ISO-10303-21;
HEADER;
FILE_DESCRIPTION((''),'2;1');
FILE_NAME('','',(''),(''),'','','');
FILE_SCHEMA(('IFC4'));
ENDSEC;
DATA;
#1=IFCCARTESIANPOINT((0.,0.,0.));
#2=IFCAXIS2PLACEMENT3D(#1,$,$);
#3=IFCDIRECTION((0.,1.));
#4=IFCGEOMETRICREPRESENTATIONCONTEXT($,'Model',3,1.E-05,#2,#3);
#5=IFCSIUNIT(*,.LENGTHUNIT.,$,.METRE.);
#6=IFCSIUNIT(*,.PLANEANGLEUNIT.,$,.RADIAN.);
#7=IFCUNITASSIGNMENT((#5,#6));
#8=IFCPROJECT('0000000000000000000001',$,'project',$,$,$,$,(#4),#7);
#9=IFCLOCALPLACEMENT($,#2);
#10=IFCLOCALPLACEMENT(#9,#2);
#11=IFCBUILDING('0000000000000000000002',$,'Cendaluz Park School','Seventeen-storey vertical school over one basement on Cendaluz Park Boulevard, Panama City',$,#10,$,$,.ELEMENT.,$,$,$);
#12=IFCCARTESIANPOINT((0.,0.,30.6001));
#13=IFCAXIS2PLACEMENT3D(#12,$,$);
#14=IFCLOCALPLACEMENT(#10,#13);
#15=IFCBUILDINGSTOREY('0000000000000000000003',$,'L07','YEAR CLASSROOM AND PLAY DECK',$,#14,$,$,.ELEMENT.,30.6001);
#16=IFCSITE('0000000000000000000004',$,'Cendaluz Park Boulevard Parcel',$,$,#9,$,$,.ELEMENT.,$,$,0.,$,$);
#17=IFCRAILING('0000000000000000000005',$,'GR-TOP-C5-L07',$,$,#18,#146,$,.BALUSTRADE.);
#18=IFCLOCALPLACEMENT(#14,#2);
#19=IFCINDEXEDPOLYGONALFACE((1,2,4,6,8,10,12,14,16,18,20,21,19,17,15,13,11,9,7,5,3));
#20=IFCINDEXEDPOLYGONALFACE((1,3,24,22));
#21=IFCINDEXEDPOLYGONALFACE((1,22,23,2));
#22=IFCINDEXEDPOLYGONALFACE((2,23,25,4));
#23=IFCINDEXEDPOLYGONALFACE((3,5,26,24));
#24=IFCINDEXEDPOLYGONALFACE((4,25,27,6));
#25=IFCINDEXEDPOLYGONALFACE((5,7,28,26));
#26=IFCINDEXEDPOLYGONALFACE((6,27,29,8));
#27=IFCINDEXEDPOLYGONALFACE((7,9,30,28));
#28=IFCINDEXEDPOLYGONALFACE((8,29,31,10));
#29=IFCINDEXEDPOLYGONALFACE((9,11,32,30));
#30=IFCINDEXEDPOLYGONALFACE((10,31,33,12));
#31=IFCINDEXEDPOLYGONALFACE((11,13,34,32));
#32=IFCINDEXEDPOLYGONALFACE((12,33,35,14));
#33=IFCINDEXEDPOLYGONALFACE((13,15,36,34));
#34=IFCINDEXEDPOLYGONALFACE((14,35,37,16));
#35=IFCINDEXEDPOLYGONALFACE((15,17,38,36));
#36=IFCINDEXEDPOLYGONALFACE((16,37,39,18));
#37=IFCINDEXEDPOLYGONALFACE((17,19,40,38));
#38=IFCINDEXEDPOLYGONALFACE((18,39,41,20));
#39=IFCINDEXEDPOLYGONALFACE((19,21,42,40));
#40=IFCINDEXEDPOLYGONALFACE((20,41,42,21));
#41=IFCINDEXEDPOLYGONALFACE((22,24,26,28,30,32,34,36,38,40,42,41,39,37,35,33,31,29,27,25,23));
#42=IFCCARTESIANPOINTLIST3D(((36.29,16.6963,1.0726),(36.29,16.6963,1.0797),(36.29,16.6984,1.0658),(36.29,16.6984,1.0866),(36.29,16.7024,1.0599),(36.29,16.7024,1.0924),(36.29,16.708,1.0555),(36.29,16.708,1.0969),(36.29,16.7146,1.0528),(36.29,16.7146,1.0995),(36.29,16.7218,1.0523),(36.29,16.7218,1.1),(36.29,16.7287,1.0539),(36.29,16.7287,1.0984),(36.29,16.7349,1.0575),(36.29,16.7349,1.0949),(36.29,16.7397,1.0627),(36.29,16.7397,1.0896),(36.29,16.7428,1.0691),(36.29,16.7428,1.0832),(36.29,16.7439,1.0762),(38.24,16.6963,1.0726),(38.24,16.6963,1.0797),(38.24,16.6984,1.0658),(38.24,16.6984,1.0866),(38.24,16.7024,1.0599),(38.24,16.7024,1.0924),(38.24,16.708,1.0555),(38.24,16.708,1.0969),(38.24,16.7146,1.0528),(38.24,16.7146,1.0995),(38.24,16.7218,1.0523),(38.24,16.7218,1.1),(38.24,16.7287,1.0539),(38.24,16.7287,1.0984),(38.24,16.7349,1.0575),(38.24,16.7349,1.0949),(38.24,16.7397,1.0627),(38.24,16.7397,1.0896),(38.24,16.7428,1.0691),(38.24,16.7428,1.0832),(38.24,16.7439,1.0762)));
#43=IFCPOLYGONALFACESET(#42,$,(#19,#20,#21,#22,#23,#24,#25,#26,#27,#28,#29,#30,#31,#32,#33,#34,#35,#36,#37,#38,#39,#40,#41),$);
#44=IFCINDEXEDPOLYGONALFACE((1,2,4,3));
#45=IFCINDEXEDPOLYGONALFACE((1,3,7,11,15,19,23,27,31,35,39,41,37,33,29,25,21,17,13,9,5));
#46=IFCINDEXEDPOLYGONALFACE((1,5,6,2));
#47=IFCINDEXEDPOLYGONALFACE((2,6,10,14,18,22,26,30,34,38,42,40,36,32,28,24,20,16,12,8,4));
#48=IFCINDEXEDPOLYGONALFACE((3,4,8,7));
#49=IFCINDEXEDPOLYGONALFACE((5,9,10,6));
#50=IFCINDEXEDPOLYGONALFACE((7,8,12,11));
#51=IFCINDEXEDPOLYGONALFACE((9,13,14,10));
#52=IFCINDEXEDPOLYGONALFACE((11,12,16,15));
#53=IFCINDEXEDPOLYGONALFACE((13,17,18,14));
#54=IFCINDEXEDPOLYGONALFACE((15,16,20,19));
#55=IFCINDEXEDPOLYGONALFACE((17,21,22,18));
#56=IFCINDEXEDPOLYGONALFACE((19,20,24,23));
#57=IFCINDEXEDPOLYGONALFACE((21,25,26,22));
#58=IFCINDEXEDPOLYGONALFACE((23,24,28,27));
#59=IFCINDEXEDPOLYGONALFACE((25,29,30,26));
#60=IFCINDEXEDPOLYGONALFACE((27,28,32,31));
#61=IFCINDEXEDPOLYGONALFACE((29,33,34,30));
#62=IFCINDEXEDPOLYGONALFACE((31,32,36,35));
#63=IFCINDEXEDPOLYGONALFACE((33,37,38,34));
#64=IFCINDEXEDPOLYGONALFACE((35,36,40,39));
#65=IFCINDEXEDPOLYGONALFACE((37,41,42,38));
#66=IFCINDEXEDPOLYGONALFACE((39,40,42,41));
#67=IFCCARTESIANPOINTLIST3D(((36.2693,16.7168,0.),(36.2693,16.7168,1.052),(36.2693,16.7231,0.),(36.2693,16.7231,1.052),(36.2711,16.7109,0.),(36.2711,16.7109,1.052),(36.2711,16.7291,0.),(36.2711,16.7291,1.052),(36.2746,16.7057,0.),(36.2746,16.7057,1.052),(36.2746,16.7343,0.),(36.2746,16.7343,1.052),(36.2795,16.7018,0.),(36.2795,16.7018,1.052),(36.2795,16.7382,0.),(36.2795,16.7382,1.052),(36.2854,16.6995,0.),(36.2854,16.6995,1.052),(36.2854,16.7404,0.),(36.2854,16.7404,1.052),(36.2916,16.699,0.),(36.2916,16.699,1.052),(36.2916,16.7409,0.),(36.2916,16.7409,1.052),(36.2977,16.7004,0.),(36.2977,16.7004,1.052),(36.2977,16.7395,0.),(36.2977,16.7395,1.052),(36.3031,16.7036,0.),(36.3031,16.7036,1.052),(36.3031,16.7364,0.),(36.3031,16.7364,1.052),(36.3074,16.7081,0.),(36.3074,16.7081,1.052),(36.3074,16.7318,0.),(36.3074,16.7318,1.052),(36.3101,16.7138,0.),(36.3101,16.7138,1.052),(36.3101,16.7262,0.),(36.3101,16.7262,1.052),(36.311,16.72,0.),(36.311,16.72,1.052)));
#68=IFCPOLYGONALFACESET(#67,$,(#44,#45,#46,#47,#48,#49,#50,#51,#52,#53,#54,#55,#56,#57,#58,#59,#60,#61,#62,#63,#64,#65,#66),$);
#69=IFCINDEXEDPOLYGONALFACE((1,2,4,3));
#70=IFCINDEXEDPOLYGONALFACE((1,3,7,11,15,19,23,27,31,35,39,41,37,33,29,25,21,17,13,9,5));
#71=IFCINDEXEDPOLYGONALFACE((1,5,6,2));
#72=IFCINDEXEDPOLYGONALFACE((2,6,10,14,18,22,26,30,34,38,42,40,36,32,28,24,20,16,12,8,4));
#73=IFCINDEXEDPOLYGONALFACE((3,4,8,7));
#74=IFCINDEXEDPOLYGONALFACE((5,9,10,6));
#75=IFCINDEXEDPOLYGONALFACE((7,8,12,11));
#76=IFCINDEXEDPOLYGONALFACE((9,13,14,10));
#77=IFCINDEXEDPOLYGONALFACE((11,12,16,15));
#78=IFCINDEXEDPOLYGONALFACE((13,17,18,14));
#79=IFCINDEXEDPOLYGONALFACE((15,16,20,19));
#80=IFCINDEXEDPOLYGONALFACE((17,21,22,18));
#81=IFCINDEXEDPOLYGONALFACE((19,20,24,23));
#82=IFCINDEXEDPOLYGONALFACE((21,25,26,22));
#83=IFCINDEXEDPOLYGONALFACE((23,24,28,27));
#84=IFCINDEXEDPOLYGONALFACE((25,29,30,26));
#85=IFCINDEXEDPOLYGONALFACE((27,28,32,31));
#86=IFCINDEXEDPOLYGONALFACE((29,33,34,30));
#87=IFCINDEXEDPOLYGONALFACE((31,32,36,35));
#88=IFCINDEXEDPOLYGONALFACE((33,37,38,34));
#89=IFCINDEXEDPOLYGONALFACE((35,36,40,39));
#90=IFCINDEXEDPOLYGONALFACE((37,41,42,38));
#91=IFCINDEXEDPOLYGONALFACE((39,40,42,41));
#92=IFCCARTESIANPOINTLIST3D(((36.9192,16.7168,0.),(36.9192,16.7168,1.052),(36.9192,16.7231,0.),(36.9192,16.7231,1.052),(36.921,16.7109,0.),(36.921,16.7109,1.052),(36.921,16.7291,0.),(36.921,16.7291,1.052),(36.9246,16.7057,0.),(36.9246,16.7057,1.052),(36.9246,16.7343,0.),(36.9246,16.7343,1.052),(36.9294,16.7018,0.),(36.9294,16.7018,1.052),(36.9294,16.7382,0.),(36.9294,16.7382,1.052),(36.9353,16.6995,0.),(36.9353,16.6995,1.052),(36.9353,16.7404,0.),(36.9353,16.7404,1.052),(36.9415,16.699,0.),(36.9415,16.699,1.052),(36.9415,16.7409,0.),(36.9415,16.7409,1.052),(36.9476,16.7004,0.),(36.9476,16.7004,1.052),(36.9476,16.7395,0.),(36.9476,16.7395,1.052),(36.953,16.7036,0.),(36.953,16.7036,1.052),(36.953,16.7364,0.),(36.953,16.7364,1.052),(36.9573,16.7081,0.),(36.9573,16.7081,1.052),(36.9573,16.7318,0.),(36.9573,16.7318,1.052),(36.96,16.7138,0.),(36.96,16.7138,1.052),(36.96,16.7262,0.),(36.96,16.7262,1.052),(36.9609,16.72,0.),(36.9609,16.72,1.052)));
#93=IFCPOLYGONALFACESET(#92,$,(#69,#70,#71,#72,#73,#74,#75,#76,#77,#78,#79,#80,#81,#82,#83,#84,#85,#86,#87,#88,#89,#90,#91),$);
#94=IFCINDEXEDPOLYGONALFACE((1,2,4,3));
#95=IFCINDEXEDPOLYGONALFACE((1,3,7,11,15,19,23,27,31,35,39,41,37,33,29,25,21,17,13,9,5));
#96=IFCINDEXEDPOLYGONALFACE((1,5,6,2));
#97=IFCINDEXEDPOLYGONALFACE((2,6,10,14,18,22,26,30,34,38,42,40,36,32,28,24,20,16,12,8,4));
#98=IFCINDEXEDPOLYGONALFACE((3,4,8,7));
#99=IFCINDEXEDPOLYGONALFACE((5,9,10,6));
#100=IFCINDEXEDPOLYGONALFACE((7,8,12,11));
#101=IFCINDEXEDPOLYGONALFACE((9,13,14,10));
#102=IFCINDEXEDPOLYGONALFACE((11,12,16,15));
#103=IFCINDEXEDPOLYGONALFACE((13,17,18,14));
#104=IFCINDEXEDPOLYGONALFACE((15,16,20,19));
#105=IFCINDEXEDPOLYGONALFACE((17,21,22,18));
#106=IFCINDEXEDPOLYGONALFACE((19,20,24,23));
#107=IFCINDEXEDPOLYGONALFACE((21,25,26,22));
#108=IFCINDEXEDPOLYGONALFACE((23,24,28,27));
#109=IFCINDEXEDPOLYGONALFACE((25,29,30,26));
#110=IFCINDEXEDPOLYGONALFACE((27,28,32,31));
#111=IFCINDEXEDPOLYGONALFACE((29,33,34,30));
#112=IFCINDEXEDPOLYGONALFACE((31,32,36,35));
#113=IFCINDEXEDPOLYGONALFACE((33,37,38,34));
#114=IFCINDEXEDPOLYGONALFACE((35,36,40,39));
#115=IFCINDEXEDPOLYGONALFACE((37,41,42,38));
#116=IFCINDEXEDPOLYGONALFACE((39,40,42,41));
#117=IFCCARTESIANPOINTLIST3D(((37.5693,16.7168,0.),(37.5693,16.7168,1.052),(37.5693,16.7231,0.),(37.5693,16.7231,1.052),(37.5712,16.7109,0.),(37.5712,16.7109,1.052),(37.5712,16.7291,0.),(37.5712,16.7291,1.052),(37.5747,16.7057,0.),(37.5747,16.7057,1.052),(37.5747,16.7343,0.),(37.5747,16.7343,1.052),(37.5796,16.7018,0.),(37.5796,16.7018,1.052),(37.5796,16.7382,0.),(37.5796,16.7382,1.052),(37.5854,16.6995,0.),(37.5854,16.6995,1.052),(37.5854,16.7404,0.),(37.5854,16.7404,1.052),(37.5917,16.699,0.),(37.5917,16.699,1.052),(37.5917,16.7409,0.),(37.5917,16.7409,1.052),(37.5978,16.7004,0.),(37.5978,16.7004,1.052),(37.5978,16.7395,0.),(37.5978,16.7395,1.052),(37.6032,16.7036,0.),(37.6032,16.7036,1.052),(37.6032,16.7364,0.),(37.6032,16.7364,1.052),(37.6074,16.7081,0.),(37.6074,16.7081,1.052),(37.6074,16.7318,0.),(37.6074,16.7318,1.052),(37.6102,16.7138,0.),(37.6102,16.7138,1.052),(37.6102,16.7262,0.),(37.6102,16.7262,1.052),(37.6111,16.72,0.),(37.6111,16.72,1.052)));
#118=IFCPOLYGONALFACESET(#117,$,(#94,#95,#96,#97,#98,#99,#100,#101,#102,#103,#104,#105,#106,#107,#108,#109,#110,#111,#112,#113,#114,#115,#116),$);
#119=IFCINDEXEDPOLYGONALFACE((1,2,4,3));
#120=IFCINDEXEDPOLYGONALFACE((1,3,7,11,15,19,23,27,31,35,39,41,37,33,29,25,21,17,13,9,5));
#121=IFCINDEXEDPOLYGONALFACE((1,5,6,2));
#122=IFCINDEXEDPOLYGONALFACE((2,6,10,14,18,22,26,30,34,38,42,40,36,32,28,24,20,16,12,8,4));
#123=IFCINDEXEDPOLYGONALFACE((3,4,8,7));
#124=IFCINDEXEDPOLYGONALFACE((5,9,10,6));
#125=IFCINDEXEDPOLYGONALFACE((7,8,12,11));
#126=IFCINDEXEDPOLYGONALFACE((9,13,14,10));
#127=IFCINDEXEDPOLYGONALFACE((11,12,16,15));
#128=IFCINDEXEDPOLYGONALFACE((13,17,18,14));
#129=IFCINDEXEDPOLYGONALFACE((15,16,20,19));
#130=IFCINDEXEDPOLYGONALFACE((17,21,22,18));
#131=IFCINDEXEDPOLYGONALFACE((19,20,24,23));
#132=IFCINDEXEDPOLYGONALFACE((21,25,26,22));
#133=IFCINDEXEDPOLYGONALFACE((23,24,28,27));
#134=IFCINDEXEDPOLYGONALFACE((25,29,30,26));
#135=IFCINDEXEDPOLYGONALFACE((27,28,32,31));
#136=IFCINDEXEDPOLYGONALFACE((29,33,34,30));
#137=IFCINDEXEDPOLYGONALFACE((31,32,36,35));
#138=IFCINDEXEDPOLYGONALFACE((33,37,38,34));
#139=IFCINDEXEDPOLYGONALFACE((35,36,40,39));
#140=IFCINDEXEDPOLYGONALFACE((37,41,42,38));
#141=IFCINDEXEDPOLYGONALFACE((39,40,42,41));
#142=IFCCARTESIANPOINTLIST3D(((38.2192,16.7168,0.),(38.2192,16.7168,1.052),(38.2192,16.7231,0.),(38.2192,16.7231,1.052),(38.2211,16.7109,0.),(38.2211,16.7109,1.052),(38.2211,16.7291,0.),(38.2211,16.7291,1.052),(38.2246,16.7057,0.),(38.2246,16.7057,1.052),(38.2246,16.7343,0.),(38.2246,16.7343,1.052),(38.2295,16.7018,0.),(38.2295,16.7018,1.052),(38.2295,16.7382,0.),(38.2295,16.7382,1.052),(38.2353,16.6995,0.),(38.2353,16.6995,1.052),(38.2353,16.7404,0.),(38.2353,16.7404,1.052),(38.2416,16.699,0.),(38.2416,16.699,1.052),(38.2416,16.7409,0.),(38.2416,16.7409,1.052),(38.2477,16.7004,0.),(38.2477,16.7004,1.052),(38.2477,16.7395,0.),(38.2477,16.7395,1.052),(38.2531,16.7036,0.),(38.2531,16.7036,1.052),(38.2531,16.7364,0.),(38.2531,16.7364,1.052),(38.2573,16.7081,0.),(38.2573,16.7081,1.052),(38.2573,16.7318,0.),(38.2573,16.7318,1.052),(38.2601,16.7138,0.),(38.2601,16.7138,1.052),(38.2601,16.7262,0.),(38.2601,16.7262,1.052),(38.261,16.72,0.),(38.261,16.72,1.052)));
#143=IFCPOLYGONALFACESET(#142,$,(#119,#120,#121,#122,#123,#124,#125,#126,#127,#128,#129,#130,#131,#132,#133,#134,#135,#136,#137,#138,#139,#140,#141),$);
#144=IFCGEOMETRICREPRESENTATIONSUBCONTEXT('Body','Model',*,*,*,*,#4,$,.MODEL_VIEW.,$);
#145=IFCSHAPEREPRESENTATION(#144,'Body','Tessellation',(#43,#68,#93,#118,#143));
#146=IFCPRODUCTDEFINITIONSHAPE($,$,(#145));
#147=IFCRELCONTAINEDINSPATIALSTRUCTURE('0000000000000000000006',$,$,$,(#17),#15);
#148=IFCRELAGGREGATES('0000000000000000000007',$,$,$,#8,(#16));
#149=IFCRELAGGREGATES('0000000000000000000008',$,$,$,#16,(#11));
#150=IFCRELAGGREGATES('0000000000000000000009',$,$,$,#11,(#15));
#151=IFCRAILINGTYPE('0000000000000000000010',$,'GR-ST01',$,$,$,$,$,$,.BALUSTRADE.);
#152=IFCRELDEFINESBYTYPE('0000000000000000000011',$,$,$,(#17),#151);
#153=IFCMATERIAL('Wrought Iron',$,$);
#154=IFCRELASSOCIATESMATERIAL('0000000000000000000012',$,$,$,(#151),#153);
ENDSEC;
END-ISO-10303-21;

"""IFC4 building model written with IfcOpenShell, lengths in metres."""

from ifc_helpers import new_model, si_unit, direction, frame, origin, origin_2d, place, context, subcontext, project, spatial, circle, extrude, material, type_object, element, save


model = new_model("IFC4")

# Units and contexts
model_context = context("Model", 3, precision=1e-05, world=origin(), true_north=direction((0.0, 1.0)))
body_context = subcontext(model_context, "Body", "Model", "MODEL_VIEW")
ifc_project = project(units=[si_unit("LENGTHUNIT", "METRE"), si_unit("PLANEANGLEUNIT", "RADIAN")], contexts=[model_context])

# Site, building, storey
site_placement = place(None, origin())
site = spatial("IfcSite", under=ifc_project, at=site_placement, Name="Cendaluz Park Boulevard Parcel", CompositionType="ELEMENT", RefElevation=0.0)
building_placement = place(site_placement, origin())
building = spatial("IfcBuilding", under=site, at=building_placement, Name="Cendaluz Park School", Description="Seventeen-storey vertical school over one basement on Cendaluz Park Boulevard, Panama City", CompositionType="ELEMENT")
storey_placement = place(building_placement, frame((0.0, 0.0, 30.6001)))
storey = spatial("IfcBuildingStorey", under=building, at=storey_placement, Name="L07", Description="YEAR CLASSROOM AND PLAY DECK", CompositionType="ELEMENT", Elevation=30.6001)

# Railing
ifc_material_1 = material(Name="Wrought Iron")
railing_type_1 = type_object("IfcRailingType", Name="GR-ST01", PredefinedType="BALUSTRADE", material=ifc_material_1)
railing_1_placement = place(storey_placement, frame((36.29, 16.72, 0.0)))
element("IfcRailing", 1, at=railing_1_placement, inside=storey, type_object=railing_type_1, Name="GR-TOP-C5-L07", PredefinedType="BALUSTRADE", context=body_context, shape_type="SweptSolid", body=[
    extrude(circle(Radius=0.0239, at=origin_2d()), frame((0.0, 0.0, 1.0762), z_axis=(1.0, 0.0, 0.0), x_axis=(0.0, 1.0, 0.0)), (0.0, 0.0, 1.0), 1.95),
    extrude(circle(Radius=0.021, at=origin_2d()), origin(), (0.0, 0.0, 1.0), 1.052),
    extrude(circle(Radius=0.021, at=origin_2d()), frame((0.6499, 0.0, 0.0)), (0.0, 0.0, 1.0), 1.052),
    extrude(circle(Radius=0.021, at=origin_2d()), frame((1.3, 0.0, 0.0)), (0.0, 0.0, 1.0), 1.052),
    extrude(circle(Radius=0.021, at=origin_2d()), frame((1.95, 0.0, 0.0)), (0.0, 0.0, 1.0), 1.052),
])

save(model, "model.ifc")
